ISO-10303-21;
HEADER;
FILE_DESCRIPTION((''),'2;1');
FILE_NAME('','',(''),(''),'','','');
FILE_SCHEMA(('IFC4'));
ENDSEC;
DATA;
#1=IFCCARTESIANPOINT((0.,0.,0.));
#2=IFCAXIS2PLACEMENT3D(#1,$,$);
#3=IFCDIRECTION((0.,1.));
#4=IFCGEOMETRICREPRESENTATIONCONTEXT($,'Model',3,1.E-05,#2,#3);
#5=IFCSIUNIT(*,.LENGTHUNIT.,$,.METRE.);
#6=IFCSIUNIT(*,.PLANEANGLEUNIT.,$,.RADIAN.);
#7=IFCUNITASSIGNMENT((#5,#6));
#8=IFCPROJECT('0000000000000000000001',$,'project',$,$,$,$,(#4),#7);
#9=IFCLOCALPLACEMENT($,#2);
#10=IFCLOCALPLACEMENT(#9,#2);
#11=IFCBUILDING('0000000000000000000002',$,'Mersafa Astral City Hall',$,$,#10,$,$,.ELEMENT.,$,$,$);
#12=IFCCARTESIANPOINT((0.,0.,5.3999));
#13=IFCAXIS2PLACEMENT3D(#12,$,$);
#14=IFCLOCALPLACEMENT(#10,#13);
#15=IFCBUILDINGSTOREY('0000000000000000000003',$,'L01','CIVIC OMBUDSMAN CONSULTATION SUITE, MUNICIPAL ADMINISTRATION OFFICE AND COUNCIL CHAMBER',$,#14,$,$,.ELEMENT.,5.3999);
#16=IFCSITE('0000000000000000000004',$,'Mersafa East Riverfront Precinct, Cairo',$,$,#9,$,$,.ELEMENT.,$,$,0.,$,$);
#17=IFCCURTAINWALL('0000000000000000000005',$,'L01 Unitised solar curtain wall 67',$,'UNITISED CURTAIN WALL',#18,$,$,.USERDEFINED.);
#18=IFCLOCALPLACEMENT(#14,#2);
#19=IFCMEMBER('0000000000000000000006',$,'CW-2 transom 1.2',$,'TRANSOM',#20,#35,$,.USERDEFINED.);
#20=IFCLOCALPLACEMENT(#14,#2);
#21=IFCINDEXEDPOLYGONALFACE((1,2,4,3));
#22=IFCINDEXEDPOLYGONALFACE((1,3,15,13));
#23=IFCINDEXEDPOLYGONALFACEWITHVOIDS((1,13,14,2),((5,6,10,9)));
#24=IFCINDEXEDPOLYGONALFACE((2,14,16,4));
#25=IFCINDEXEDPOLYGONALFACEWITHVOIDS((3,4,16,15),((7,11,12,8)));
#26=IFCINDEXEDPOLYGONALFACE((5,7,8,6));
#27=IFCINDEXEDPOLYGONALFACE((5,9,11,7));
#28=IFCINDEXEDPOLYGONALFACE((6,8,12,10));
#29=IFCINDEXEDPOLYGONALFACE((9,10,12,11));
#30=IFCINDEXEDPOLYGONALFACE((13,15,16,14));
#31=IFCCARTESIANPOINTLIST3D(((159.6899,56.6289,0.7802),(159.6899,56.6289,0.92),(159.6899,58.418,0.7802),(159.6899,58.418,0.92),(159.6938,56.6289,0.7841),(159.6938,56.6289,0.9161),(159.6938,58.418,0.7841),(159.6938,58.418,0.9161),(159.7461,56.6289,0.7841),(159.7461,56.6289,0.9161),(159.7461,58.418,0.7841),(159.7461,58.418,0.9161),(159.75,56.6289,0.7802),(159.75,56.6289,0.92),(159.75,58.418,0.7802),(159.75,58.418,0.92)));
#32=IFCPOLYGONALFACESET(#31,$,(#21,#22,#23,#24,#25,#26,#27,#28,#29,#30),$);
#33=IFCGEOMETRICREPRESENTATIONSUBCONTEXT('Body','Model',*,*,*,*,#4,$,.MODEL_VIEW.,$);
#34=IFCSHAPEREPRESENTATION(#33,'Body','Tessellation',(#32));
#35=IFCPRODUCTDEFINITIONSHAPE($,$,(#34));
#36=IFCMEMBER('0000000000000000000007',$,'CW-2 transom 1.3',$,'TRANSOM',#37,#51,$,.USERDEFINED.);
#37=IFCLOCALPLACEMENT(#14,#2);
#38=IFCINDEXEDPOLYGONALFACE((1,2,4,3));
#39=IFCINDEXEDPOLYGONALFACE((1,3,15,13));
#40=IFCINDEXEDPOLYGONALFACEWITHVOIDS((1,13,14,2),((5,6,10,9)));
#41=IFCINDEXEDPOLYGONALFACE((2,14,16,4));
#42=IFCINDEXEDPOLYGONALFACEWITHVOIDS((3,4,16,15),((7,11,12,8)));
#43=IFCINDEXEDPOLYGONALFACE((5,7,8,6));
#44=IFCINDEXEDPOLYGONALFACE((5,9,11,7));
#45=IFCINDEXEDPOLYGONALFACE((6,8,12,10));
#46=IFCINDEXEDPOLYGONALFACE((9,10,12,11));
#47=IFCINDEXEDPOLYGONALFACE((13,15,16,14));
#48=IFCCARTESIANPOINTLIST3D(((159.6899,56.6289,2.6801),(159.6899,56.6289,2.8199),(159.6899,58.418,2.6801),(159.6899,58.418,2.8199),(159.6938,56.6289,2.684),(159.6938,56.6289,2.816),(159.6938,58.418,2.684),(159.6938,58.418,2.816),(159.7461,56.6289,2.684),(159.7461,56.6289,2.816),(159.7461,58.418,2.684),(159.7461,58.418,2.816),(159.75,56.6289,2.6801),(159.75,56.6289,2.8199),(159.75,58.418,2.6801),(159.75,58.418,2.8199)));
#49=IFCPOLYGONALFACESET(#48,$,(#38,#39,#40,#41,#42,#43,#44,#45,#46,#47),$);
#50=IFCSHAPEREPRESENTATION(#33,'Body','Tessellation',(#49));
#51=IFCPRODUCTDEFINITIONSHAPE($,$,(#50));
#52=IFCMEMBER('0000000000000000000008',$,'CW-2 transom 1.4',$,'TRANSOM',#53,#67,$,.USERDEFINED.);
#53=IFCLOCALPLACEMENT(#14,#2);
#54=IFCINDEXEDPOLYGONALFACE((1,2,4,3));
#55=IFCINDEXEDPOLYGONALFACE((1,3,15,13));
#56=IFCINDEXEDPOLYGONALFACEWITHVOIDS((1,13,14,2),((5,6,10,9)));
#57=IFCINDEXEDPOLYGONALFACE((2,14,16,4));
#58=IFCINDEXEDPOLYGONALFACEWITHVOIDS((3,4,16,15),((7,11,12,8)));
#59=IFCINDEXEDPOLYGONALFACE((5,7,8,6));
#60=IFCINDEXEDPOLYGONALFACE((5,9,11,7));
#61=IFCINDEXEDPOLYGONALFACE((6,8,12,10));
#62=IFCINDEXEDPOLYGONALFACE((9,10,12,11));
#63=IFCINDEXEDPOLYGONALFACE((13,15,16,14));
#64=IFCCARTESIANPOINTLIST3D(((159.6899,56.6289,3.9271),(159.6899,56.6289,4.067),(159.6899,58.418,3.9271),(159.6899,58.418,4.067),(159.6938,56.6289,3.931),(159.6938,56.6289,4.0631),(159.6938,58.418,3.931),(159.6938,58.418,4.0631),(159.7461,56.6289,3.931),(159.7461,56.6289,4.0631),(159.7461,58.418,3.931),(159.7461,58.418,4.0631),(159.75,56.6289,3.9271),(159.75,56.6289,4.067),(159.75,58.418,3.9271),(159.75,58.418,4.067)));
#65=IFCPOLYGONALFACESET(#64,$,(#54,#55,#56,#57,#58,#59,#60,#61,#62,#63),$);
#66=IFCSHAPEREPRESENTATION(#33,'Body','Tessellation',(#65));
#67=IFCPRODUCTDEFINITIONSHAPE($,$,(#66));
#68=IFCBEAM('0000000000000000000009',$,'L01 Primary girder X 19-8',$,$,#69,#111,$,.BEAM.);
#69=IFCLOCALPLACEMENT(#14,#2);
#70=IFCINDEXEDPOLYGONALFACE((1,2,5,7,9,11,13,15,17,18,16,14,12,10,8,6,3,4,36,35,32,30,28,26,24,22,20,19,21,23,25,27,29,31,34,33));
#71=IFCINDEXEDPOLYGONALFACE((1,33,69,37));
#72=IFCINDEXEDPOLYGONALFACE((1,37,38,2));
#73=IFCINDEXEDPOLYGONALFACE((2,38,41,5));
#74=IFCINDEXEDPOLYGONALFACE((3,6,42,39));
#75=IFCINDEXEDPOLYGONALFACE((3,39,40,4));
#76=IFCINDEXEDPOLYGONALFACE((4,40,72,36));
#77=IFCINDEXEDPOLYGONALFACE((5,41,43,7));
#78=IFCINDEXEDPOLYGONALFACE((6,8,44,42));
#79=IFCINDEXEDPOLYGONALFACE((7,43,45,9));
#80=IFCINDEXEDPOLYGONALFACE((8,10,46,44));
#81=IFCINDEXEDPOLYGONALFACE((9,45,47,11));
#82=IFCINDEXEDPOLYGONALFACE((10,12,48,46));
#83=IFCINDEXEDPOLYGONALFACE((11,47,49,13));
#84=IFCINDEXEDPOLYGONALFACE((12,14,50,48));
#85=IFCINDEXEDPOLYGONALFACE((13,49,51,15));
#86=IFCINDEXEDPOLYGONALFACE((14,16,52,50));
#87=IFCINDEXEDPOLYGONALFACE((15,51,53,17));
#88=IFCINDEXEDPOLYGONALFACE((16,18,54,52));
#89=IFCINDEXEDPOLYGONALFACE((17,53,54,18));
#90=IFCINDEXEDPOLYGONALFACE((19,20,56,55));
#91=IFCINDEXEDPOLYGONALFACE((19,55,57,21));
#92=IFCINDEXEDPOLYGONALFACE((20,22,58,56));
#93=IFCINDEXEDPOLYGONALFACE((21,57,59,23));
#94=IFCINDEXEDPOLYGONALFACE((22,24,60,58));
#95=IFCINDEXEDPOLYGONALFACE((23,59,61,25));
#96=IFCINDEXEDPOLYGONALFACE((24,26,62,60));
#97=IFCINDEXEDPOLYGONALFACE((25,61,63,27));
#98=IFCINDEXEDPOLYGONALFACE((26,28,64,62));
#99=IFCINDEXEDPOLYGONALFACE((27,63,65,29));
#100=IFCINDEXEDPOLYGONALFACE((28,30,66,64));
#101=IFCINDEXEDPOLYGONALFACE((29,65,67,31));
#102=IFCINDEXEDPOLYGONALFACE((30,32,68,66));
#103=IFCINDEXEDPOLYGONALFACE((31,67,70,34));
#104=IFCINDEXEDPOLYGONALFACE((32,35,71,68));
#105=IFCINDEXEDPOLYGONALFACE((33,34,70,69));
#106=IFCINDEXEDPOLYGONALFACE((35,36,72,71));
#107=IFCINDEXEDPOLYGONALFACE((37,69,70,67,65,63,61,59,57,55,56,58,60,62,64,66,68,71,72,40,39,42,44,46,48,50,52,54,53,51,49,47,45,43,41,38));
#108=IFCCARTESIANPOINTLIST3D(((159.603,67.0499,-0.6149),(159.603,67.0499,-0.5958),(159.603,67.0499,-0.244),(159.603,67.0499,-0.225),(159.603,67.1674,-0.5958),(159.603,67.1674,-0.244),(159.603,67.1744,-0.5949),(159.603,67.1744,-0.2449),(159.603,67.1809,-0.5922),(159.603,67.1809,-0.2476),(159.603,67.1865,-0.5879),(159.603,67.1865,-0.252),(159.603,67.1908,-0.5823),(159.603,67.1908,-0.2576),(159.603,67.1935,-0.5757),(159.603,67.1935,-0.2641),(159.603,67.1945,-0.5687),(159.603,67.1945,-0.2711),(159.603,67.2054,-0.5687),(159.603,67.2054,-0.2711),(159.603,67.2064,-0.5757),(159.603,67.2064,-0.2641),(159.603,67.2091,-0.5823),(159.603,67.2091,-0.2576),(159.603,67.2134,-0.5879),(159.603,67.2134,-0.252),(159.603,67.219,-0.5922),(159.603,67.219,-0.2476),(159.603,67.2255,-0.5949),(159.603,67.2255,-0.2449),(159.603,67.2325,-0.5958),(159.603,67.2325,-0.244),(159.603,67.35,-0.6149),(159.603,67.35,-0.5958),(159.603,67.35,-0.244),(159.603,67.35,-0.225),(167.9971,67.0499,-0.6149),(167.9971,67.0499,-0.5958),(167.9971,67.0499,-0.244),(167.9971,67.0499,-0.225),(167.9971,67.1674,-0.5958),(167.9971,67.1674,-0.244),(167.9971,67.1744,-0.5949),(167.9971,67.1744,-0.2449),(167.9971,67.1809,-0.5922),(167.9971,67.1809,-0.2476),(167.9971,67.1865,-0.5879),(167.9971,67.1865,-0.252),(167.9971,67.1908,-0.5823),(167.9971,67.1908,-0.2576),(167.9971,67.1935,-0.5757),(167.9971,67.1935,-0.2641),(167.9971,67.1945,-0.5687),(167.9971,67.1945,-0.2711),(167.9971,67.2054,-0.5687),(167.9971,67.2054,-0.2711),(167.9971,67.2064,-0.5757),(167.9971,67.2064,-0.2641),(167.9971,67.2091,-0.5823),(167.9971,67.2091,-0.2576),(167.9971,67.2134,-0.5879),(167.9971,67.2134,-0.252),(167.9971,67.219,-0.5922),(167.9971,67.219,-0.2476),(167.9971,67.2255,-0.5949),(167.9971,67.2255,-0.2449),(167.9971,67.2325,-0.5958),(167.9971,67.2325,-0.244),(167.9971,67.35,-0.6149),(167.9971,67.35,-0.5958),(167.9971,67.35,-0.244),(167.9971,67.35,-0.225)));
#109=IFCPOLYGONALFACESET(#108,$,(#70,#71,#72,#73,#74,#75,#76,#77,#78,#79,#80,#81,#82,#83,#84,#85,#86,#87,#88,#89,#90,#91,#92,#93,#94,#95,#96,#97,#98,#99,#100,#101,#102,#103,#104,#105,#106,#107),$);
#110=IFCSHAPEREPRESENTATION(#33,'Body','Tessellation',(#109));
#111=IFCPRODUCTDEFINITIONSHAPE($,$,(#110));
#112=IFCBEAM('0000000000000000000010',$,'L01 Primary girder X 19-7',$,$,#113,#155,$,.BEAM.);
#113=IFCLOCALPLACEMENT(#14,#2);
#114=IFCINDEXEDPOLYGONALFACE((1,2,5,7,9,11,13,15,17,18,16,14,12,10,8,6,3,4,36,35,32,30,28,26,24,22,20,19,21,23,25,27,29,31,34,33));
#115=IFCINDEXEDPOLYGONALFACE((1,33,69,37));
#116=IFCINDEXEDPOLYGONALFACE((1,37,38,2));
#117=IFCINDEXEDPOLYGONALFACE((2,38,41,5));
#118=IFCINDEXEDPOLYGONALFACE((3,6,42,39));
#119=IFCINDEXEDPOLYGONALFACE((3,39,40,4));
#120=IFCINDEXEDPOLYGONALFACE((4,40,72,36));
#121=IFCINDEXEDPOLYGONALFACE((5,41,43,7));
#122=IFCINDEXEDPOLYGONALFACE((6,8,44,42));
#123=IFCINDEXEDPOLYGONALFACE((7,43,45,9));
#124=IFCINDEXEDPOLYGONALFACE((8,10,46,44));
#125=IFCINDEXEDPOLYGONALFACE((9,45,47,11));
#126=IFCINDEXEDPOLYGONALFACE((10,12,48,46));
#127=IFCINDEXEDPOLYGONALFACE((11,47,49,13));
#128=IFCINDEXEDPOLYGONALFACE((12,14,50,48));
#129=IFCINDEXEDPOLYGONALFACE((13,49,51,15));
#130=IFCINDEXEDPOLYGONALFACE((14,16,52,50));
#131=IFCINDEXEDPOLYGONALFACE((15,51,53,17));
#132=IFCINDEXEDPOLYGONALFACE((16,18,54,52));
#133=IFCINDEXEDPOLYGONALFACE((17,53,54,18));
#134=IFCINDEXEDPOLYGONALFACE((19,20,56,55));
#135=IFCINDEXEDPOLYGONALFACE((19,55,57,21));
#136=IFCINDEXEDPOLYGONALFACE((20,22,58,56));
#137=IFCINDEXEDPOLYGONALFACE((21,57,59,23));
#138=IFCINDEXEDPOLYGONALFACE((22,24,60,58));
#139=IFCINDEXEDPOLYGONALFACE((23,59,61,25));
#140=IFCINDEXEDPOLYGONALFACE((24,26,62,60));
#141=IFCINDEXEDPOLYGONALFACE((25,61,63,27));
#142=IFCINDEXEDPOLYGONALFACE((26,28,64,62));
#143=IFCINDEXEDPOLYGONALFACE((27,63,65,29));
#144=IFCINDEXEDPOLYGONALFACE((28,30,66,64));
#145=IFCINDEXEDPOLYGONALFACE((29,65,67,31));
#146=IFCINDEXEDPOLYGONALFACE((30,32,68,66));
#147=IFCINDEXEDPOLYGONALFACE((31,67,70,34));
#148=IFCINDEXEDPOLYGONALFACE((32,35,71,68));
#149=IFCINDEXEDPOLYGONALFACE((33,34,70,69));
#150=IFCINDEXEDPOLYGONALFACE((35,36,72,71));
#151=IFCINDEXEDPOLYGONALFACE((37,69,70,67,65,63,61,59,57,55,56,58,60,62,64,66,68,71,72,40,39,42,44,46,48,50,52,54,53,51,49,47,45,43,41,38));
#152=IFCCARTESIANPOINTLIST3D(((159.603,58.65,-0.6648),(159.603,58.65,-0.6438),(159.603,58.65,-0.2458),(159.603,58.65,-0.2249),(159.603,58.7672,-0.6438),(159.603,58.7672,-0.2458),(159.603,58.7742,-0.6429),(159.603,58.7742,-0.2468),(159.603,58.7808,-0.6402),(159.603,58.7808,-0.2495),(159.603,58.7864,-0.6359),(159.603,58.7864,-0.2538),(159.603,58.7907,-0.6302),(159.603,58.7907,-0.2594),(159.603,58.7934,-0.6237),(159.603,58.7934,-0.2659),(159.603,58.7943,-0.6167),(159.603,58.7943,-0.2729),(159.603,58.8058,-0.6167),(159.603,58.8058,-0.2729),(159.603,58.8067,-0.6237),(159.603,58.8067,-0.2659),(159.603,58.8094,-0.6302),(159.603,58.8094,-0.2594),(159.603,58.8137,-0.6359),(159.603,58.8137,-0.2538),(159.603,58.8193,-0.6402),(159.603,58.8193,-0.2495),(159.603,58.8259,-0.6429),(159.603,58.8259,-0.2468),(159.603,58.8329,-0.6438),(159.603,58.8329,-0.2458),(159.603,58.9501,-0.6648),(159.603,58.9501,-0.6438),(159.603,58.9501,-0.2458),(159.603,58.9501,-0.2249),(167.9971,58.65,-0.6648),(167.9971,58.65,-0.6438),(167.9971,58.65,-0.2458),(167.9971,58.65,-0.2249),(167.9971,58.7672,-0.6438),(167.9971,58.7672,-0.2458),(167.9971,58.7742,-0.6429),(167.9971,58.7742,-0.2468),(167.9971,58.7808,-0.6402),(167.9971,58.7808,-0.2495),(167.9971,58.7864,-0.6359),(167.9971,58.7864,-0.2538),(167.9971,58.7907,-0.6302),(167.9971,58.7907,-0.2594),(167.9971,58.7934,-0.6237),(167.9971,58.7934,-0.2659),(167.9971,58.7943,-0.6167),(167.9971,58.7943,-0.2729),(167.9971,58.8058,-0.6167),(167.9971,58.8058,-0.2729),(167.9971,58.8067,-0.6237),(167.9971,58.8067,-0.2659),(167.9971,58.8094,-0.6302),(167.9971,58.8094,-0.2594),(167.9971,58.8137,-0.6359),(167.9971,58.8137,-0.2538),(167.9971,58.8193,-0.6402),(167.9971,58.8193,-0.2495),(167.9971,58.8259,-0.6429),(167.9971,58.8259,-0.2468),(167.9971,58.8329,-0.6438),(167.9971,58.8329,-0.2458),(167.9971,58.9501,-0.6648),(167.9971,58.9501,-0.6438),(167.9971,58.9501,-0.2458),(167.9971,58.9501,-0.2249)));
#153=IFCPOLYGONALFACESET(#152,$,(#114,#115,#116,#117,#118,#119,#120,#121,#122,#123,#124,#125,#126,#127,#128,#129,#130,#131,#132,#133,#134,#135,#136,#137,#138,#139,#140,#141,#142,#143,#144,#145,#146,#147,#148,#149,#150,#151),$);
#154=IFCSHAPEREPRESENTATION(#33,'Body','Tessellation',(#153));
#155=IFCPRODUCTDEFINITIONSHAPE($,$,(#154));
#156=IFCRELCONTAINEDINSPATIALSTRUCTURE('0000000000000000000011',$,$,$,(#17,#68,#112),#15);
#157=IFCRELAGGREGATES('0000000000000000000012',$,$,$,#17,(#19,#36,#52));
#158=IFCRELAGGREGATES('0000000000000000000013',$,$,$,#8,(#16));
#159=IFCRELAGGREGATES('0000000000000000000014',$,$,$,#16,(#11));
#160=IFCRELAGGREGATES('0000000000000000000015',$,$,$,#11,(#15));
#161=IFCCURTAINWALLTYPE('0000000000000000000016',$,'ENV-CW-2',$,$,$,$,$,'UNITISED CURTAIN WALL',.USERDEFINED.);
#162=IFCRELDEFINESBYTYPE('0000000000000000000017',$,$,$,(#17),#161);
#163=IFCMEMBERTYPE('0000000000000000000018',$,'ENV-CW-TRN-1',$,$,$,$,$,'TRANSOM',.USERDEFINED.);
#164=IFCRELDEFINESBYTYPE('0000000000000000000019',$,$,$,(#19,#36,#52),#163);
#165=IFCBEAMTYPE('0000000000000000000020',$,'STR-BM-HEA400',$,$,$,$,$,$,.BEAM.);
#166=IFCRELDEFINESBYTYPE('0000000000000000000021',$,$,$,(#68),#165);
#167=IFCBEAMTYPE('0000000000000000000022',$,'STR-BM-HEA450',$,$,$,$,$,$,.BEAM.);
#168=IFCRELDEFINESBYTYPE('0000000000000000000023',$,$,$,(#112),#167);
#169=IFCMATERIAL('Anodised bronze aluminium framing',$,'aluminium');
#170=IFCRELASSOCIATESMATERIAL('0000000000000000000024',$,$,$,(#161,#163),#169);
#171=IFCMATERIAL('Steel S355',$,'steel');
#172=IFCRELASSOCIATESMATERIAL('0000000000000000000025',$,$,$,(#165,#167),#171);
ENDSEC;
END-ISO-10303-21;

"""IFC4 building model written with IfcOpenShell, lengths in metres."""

from ifc_helpers import new_model, si_unit, direction, frame, origin, origin_2d, place, context, subcontext, project, spatial, hollow_rectangle, i_section, extrude, material, material_profile, profile_set, type_object, element, aggregate, save


model = new_model("IFC4")

# Units and contexts
model_context = context("Model", 3, precision=1e-05, world=origin(), true_north=direction((0.0, 1.0)))
body_context = subcontext(model_context, "Body", "Model", "MODEL_VIEW")
ifc_project = project(units=[si_unit("LENGTHUNIT", "METRE"), si_unit("PLANEANGLEUNIT", "RADIAN")], contexts=[model_context])

# Site, building, storey
site_placement = place(None, origin())
site = spatial("IfcSite", under=ifc_project, at=site_placement, Name="Mersafa East Riverfront Precinct, Cairo", CompositionType="ELEMENT", RefElevation=0.0)
building_placement = place(site_placement, origin())
building = spatial("IfcBuilding", under=site, at=building_placement, Name="Mersafa Astral City Hall", CompositionType="ELEMENT")
storey_placement = place(building_placement, frame((0.0, 0.0, 5.3999)))
storey = spatial("IfcBuildingStorey", under=building, at=storey_placement, Name="L01", Description="CIVIC OMBUDSMAN CONSULTATION SUITE, MUNICIPAL ADMINISTRATION OFFICE AND COUNCIL CHAMBER", CompositionType="ELEMENT", Elevation=5.3999)

# Shared definitions
ifc_material_1 = material(Name="Steel S355", Category="steel")

# Curtain wall, members
ifc_material_2 = material(Name="Anodised bronze aluminium framing", Category="aluminium")
curtain_wall_type = type_object("IfcCurtainWallType", Name="ENV-CW-2", ElementType="UNITISED CURTAIN WALL", PredefinedType="USERDEFINED", material=ifc_material_2)
curtain_wall_placement = place(storey_placement, origin())
curtain_wall = element("IfcCurtainWall", 1, at=curtain_wall_placement, inside=storey, type_object=curtain_wall_type, Name="L01 Unitised solar curtain wall 67", ObjectType="UNITISED CURTAIN WALL", PredefinedType="USERDEFINED")
ifc_material_profile_1 = material_profile(ifc_material_2, hollow_rectangle(XDim=0.0601, YDim=0.1399, WallThickness=0.0039, at=origin_2d()), Name="RHS 60x140x4")
ifc_profile_set_1 = profile_set([ifc_material_profile_1], Name="Anodised bronze aluminium framing")
member_type_1 = type_object("IfcMemberType", Name="ENV-CW-TRN-1", ElementType="TRANSOM", PredefinedType="USERDEFINED", material=ifc_profile_set_1)
member_1_placement = place(storey_placement, frame((159.72, 58.418, 0.8501), z_axis=(0.0, -1.0, 0.0), x_axis=(1.0, 0.0, 0.0)))
member_1 = element("IfcMember", 2, at=member_1_placement, type_object=member_type_1, Name="CW-2 transom 1.2", ObjectType="TRANSOM", PredefinedType="USERDEFINED", context=body_context, shape_type="SweptSolid", body=[
    extrude(hollow_rectangle(XDim=0.0601, YDim=0.1399, WallThickness=0.0039, at=origin_2d()), origin(), (0.0, 0.0, 1.0), 1.7891),
])
member_2_placement = place(storey_placement, frame((159.72, 58.418, 2.75), z_axis=(0.0, -1.0, 0.0), x_axis=(1.0, 0.0, 0.0)))
member_2 = element("IfcMember", 3, at=member_2_placement, type_object=member_type_1, Name="CW-2 transom 1.3", ObjectType="TRANSOM", PredefinedType="USERDEFINED", context=body_context, shape_type="SweptSolid", body=[
    extrude(hollow_rectangle(XDim=0.0601, YDim=0.1399, WallThickness=0.0039, at=origin_2d()), origin(), (0.0, 0.0, 1.0), 1.7891),
])
member_3_placement = place(storey_placement, frame((159.72, 58.418, 3.9971), z_axis=(0.0, -1.0, 0.0), x_axis=(1.0, 0.0, 0.0)))
member_3 = element("IfcMember", 4, at=member_3_placement, type_object=member_type_1, Name="CW-2 transom 1.4", ObjectType="TRANSOM", PredefinedType="USERDEFINED", context=body_context, shape_type="SweptSolid", body=[
    extrude(hollow_rectangle(XDim=0.0601, YDim=0.1399, WallThickness=0.0039, at=origin_2d()), origin(), (0.0, 0.0, 1.0), 1.7891),
])

# Beams
ifc_material_profile_2 = material_profile(ifc_material_1, i_section(OverallWidth=0.3, OverallDepth=0.3899, WebThickness=0.011, FlangeThickness=0.019, FilletRadius=0.0271, at=origin_2d()), Name="HEA 400")
ifc_profile_set_2 = profile_set([ifc_material_profile_2], Name="Steel S355")
beam_type_1 = type_object("IfcBeamType", Name="STR-BM-HEA400", PredefinedType="BEAM", material=ifc_profile_set_2)
beam_1_placement = place(storey_placement, frame((159.603, 67.2, -0.4199), z_axis=(1.0, 0.0, 0.0), x_axis=(0.0, 1.0, 0.0)))
element("IfcBeam", 5, at=beam_1_placement, inside=storey, type_object=beam_type_1, Name="L01 Primary girder X 19-8", PredefinedType="BEAM", context=body_context, shape_type="SweptSolid", body=[
    extrude(i_section(OverallWidth=0.3, OverallDepth=0.3899, WebThickness=0.011, FlangeThickness=0.019, FilletRadius=0.0271, at=origin_2d()), origin(), (0.0, 0.0, 1.0), 8.394),
])
ifc_material_profile_3 = material_profile(ifc_material_1, i_section(OverallWidth=0.3, OverallDepth=0.4399, WebThickness=0.0115, FlangeThickness=0.021, FilletRadius=0.0271, at=origin_2d()), Name="HEA 450")
ifc_profile_set_3 = profile_set([ifc_material_profile_3], Name="Steel S355")
beam_type_2 = type_object("IfcBeamType", Name="STR-BM-HEA450", PredefinedType="BEAM", material=ifc_profile_set_3)
beam_2_placement = place(storey_placement, frame((159.603, 58.8, -0.4448), z_axis=(1.0, 0.0, 0.0), x_axis=(0.0, 1.0, 0.0)))
element("IfcBeam", 6, at=beam_2_placement, inside=storey, type_object=beam_type_2, Name="L01 Primary girder X 19-7", PredefinedType="BEAM", context=body_context, shape_type="SweptSolid", body=[
    extrude(i_section(OverallWidth=0.3, OverallDepth=0.4399, WebThickness=0.0115, FlangeThickness=0.021, FilletRadius=0.0271, at=origin_2d()), origin(), (0.0, 0.0, 1.0), 8.394),
])

aggregate(curtain_wall, [member_1, member_2, member_3])

save(model, "model.ifc")
